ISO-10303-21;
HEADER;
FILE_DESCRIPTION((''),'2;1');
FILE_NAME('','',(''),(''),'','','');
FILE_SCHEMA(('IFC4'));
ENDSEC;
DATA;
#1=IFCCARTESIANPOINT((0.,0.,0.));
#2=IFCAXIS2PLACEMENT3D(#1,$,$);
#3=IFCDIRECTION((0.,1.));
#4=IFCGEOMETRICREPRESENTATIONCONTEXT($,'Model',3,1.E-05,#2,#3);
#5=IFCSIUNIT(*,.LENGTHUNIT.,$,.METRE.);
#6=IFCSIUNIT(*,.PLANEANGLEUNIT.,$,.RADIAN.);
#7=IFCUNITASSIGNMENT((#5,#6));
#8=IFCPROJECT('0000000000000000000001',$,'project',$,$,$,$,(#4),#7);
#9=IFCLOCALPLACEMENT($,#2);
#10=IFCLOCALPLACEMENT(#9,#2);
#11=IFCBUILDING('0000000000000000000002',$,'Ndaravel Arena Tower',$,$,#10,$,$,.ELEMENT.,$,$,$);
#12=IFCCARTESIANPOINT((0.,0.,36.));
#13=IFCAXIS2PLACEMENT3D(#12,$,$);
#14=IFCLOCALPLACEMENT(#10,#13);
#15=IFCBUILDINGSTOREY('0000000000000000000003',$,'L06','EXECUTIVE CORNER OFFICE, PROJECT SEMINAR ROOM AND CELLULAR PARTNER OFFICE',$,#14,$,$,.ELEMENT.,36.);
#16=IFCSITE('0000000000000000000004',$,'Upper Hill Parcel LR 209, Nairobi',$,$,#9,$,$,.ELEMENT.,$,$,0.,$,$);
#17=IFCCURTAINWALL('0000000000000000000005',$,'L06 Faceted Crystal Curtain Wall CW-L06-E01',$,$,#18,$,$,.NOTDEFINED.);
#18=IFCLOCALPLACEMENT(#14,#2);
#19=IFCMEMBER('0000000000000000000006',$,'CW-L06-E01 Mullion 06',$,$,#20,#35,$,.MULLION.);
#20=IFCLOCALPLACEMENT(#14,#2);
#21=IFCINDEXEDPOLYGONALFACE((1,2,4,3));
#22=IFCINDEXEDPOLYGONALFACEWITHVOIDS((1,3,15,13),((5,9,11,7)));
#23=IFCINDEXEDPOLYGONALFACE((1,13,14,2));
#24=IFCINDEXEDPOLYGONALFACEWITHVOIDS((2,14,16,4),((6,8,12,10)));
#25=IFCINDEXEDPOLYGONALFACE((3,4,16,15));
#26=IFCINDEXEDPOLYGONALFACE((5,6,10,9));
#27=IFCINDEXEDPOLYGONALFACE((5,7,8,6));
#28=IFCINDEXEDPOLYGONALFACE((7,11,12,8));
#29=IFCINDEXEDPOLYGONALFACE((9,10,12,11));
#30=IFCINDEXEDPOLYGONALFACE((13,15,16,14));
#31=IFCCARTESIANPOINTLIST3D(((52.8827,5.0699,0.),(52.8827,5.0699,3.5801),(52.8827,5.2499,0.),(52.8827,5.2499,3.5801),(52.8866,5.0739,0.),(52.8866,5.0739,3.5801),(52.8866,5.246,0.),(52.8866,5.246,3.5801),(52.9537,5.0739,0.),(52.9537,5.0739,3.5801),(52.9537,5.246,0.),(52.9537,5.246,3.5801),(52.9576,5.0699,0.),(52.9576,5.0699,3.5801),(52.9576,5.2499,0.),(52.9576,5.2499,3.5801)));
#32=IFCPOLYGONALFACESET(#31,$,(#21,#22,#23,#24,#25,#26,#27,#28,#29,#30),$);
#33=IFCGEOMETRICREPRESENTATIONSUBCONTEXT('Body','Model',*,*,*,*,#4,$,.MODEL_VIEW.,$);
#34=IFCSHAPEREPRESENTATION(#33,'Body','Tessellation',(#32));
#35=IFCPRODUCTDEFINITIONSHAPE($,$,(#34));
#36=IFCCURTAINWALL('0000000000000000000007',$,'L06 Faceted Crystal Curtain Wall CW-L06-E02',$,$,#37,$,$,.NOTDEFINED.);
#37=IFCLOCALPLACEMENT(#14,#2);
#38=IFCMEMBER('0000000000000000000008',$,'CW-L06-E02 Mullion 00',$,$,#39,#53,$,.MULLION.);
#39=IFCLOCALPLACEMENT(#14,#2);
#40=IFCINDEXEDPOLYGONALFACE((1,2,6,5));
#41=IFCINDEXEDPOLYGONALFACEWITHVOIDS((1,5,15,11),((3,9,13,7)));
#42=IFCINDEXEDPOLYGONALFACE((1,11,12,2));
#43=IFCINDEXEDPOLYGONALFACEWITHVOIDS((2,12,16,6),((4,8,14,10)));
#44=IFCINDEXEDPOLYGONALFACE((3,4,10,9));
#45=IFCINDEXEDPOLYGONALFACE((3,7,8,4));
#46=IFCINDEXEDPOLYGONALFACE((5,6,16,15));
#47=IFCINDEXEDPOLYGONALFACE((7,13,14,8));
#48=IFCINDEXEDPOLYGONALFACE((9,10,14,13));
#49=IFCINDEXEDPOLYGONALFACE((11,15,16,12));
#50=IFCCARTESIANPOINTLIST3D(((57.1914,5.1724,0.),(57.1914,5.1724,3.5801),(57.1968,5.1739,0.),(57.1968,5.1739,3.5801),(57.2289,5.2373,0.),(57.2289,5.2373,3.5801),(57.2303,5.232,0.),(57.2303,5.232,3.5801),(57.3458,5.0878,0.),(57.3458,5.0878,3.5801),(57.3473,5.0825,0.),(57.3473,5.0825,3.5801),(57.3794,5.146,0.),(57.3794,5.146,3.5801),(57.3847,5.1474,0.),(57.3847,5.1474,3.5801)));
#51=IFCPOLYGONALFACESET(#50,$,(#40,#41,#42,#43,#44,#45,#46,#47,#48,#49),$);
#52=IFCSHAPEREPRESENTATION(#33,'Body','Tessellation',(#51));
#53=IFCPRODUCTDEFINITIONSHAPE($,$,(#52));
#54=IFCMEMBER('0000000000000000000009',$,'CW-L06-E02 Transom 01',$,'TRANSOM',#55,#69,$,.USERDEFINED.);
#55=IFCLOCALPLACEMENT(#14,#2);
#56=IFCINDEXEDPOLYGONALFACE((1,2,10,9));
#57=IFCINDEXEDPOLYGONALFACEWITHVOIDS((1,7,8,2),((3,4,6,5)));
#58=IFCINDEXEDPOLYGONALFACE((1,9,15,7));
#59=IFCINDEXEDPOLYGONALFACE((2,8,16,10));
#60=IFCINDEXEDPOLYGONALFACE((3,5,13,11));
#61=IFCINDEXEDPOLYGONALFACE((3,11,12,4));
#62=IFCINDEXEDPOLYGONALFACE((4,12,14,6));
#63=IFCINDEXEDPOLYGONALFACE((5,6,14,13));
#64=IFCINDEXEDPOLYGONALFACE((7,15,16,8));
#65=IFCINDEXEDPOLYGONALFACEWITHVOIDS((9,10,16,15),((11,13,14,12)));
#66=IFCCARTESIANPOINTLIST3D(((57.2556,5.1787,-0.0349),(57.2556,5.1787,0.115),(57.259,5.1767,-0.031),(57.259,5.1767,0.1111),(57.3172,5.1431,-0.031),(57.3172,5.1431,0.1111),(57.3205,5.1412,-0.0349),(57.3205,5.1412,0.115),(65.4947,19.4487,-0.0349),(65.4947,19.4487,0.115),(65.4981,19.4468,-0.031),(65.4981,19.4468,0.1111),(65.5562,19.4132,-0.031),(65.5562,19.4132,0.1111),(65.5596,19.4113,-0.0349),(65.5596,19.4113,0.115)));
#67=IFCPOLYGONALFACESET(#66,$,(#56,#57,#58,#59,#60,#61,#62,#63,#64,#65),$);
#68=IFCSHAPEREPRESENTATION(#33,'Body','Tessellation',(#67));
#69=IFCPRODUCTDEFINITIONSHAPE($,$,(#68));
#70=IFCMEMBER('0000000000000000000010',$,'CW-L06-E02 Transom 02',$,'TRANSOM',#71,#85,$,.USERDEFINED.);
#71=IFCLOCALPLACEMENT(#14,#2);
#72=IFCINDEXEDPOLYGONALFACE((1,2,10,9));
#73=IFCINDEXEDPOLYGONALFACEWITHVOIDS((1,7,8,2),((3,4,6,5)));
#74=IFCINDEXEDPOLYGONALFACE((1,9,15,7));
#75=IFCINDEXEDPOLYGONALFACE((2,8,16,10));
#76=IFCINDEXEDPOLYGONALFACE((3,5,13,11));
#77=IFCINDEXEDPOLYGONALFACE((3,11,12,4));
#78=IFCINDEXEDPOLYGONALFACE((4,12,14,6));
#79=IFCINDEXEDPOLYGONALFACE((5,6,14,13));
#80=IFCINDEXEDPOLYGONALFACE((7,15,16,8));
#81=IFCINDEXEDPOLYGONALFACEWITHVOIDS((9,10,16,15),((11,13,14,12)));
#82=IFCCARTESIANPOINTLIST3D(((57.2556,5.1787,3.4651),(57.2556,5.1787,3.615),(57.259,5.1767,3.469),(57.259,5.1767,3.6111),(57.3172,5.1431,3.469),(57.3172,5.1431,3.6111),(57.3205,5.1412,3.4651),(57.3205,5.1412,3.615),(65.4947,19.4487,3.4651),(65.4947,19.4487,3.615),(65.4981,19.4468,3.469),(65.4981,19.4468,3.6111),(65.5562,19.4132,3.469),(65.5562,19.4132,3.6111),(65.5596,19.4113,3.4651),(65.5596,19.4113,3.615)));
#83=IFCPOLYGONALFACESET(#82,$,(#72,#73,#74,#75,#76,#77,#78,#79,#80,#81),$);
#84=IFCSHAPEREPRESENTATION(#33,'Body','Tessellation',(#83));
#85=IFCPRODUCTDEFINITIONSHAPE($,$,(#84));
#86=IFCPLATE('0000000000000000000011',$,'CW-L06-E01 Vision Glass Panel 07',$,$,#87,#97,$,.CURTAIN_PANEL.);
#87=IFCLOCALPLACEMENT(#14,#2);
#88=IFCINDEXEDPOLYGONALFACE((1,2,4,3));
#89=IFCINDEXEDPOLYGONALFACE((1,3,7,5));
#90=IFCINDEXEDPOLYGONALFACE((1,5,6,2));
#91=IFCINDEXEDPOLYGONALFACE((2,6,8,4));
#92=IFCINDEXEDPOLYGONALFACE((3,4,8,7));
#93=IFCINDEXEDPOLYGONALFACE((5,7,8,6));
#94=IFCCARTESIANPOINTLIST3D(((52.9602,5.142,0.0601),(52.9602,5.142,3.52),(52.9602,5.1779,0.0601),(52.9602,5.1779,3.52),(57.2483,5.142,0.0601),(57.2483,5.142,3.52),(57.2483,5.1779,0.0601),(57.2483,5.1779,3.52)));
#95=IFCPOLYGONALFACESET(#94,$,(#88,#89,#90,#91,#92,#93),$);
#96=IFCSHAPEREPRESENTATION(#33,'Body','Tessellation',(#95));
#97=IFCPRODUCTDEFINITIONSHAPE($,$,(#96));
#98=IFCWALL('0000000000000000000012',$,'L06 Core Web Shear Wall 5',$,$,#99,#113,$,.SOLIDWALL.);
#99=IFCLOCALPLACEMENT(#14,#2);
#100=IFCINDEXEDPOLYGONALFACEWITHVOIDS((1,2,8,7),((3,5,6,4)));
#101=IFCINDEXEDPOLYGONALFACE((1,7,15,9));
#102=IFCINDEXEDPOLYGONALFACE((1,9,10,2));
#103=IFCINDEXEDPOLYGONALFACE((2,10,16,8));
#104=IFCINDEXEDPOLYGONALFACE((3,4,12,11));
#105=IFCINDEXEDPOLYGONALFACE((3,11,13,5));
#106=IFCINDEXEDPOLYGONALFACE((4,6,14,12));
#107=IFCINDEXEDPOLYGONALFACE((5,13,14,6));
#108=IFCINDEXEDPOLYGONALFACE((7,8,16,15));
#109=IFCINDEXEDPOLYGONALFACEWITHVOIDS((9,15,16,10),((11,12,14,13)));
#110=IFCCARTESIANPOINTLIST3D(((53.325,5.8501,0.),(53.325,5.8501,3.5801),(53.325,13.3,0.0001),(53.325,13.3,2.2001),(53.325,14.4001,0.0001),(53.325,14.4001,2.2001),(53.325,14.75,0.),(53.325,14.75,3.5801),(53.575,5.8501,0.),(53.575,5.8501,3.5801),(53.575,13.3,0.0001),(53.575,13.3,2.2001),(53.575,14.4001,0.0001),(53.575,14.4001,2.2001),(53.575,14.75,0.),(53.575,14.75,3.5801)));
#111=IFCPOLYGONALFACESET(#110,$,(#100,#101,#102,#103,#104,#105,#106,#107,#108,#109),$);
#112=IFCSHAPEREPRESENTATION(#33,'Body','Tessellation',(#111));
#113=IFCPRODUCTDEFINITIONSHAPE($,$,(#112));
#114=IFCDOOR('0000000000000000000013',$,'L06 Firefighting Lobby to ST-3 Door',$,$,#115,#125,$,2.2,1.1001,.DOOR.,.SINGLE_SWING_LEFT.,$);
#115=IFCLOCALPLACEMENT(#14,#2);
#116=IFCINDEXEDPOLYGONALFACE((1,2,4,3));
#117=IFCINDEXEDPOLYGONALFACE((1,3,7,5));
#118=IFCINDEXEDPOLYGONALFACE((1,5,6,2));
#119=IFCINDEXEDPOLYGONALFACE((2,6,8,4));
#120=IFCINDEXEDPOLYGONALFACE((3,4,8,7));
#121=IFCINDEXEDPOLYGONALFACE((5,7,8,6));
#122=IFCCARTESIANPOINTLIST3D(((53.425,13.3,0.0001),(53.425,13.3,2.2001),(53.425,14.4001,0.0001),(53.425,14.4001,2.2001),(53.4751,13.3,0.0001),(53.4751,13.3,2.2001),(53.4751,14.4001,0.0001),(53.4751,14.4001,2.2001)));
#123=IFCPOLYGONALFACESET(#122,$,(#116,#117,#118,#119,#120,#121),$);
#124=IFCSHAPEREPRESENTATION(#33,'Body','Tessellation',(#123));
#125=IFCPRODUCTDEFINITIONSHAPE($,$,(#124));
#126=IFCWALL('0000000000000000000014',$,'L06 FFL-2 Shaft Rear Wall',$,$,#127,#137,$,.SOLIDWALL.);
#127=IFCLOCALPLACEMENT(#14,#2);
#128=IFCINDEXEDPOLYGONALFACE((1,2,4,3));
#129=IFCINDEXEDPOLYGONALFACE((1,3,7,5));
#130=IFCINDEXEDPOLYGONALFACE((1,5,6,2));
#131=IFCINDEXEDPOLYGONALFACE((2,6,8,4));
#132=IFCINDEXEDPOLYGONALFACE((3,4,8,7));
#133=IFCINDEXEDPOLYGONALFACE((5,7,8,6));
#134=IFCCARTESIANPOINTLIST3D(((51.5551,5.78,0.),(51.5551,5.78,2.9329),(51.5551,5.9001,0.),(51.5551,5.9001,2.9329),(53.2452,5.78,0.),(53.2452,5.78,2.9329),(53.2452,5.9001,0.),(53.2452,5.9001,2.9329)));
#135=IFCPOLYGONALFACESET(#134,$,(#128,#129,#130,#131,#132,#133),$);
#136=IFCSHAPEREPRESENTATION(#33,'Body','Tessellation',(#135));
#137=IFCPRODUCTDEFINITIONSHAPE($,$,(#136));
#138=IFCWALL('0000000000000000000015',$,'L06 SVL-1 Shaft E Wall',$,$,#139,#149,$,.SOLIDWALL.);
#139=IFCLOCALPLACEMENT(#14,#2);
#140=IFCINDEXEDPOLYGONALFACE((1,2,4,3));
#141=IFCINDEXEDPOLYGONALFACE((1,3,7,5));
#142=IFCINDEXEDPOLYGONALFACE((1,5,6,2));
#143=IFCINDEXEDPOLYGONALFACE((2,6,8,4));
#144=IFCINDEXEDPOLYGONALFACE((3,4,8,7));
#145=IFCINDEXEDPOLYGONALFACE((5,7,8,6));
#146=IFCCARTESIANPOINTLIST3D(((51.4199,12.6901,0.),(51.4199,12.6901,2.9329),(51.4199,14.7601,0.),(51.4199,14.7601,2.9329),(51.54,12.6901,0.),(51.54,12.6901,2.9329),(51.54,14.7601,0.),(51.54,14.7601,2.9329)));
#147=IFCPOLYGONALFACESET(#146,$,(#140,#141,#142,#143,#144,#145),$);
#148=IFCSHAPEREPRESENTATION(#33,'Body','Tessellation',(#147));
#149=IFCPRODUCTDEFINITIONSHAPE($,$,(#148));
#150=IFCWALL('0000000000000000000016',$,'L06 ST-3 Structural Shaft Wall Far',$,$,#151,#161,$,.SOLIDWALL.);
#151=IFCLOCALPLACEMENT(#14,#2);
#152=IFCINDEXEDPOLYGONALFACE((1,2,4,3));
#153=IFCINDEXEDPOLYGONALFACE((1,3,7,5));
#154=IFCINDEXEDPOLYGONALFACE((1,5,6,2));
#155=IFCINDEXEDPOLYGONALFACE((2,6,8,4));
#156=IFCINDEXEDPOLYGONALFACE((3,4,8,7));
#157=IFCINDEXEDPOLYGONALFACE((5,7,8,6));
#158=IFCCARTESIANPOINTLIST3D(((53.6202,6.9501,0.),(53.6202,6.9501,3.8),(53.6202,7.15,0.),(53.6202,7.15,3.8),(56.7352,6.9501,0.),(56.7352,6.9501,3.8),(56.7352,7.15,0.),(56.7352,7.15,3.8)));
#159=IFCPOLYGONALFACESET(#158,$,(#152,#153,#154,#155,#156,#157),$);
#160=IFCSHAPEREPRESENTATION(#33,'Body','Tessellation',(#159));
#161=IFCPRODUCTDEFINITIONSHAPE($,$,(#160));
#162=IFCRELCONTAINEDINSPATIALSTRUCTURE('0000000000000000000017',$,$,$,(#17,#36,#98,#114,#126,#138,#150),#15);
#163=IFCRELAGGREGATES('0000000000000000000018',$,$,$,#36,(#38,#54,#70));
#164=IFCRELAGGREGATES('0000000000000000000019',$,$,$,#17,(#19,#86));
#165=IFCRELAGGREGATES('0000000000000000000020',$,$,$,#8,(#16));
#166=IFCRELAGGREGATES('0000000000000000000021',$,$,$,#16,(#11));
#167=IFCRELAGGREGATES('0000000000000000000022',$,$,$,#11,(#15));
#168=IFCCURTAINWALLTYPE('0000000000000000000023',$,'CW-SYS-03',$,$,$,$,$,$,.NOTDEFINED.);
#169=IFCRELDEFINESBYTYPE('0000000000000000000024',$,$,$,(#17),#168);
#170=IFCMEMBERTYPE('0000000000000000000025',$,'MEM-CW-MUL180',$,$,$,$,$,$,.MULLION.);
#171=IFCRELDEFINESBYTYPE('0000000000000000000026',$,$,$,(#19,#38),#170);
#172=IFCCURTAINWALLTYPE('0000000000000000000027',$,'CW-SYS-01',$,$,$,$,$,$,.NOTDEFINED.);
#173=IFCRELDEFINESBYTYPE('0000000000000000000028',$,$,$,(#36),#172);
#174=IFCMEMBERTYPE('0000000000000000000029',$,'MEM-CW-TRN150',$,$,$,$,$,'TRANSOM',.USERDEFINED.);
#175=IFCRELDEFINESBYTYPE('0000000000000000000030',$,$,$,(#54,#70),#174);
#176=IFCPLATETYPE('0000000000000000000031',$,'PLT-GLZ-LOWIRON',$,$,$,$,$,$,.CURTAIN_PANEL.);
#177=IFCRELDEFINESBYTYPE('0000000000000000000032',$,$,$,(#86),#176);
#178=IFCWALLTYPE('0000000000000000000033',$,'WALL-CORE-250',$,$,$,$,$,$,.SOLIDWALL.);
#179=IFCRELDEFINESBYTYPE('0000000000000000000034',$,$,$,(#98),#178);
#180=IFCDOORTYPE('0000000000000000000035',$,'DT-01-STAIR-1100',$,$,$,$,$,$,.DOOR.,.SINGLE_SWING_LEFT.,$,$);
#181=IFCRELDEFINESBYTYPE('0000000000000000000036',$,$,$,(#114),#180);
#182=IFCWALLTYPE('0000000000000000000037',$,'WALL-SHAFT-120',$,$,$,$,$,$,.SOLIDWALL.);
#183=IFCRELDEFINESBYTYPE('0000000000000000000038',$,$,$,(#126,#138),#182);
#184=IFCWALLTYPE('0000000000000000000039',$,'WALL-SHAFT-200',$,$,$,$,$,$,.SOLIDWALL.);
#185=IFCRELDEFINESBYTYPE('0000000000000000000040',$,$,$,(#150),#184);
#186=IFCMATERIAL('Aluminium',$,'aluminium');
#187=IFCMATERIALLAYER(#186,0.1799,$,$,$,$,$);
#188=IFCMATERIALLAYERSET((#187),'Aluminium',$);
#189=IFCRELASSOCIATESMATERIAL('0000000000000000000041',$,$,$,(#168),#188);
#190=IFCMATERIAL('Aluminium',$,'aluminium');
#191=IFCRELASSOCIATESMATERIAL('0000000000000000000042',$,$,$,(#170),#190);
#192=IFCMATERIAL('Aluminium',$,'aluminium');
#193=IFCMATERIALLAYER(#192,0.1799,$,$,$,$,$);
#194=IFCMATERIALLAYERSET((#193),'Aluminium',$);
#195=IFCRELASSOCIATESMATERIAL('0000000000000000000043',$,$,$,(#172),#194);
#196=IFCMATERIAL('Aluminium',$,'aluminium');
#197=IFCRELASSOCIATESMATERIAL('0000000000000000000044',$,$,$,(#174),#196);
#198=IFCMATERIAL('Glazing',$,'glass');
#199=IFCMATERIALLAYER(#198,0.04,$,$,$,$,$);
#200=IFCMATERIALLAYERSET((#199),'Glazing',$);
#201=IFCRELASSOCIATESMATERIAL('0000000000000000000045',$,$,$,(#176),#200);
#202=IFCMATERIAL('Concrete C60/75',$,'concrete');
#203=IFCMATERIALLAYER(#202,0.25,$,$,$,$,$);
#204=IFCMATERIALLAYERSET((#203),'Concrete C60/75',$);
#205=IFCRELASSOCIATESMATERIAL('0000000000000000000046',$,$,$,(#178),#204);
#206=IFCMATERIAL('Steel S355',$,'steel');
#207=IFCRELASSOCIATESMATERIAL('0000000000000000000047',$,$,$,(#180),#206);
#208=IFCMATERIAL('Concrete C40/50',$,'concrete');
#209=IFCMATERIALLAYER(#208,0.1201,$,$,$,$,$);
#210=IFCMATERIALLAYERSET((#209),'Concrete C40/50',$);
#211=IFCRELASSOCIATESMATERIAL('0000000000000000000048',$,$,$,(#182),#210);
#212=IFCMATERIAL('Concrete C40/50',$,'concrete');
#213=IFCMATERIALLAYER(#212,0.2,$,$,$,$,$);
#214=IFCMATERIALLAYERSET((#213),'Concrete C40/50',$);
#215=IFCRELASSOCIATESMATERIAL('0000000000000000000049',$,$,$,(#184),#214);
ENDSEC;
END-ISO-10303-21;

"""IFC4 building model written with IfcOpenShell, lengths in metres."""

from ifc_helpers import new_model, si_unit, direction, frame, frame_2d, origin, origin_2d, place, context, subcontext, project, spatial, rectangle, hollow_rectangle, extrude, material, layer, layer_set, material_profile, profile_set, type_object, element, fill, aggregate, save


model = new_model("IFC4")

# Units and contexts
model_context = context("Model", 3, precision=1e-05, world=origin(), true_north=direction((0.0, 1.0)))
body_context = subcontext(model_context, "Body", "Model", "MODEL_VIEW")
ifc_project = project(units=[si_unit("LENGTHUNIT", "METRE"), si_unit("PLANEANGLEUNIT", "RADIAN")], contexts=[model_context])

# Site, building, storey
site_placement = place(None, origin())
site = spatial("IfcSite", under=ifc_project, at=site_placement, Name="Upper Hill Parcel LR 209, Nairobi", CompositionType="ELEMENT", RefElevation=0.0)
building_placement = place(site_placement, origin())
building = spatial("IfcBuilding", under=site, at=building_placement, Name="Ndaravel Arena Tower", CompositionType="ELEMENT")
storey_placement = place(building_placement, frame((0.0, 0.0, 36.0)))
storey = spatial("IfcBuildingStorey", under=building, at=storey_placement, Name="L06", Description="EXECUTIVE CORNER OFFICE, PROJECT SEMINAR ROOM AND CELLULAR PARTNER OFFICE", CompositionType="ELEMENT", Elevation=36.0)

# Curtain wall, member
ifc_material_1 = material(Name="Aluminium", Category="aluminium")
ifc_layer_1 = layer(ifc_material_1, 0.1799)
ifc_layer_set_1 = layer_set([ifc_layer_1], Name="Aluminium")
curtain_wall_type_1 = type_object("IfcCurtainWallType", Name="CW-SYS-03", PredefinedType="NOTDEFINED", material=ifc_layer_set_1)
curtain_wall_1_placement = place(storey_placement, origin())
curtain_wall_1 = element("IfcCurtainWall", 1, at=curtain_wall_1_placement, inside=storey, type_object=curtain_wall_type_1, Name="L06 Faceted Crystal Curtain Wall CW-L06-E01", PredefinedType="NOTDEFINED")
ifc_material_2 = material(Name="Aluminium", Category="aluminium")
ifc_material_profile_1 = material_profile(ifc_material_2, hollow_rectangle(XDim=0.075, YDim=0.1799, WallThickness=0.0039, at=origin_2d()), Name="CW MULLION 75x180x4")
ifc_profile_set_1 = profile_set([ifc_material_profile_1], Name="Aluminium")
member_type_1 = type_object("IfcMemberType", Name="MEM-CW-MUL180", PredefinedType="MULLION", material=ifc_profile_set_1)
member_1_placement = place(storey_placement, frame((52.9202, 5.1599, 0.0), z_axis=(0.0, 0.0, 1.0), x_axis=(1.0, 0.0, 0.0)))
member_1 = element("IfcMember", 2, at=member_1_placement, type_object=member_type_1, Name="CW-L06-E01 Mullion 06", PredefinedType="MULLION", context=body_context, shape_type="SweptSolid", body=[
    extrude(hollow_rectangle(XDim=0.075, YDim=0.1799, WallThickness=0.0039, at=origin_2d()), origin(), (0.0, 0.0, 1.0), 3.5801),
])

# Curtain wall, members
ifc_material_3 = material(Name="Aluminium", Category="aluminium")
ifc_layer_2 = layer(ifc_material_3, 0.1799)
ifc_layer_set_2 = layer_set([ifc_layer_2], Name="Aluminium")
curtain_wall_type_2 = type_object("IfcCurtainWallType", Name="CW-SYS-01", PredefinedType="NOTDEFINED", material=ifc_layer_set_2)
curtain_wall_2_placement = place(storey_placement, origin())
curtain_wall_2 = element("IfcCurtainWall", 3, at=curtain_wall_2_placement, inside=storey, type_object=curtain_wall_type_2, Name="L06 Faceted Crystal Curtain Wall CW-L06-E02", PredefinedType="NOTDEFINED")
member_2_placement = place(storey_placement, frame((57.2881, 5.1599, 0.0), z_axis=(0.0, 0.0, 1.0), x_axis=(0.5, 0.866025, 0.0)))
member_2 = element("IfcMember", 4, at=member_2_placement, type_object=member_type_1, Name="CW-L06-E02 Mullion 00", PredefinedType="MULLION", context=body_context, shape_type="SweptSolid", body=[
    extrude(hollow_rectangle(XDim=0.075, YDim=0.1799, WallThickness=0.0039, at=origin_2d()), origin(), (0.0, 0.0, 1.0), 3.5801),
])
ifc_material_4 = material(Name="Aluminium", Category="aluminium")
ifc_material_profile_2 = material_profile(ifc_material_4, hollow_rectangle(XDim=0.075, YDim=0.1499, WallThickness=0.0039, at=origin_2d()), Name="CW TRANSOM 75x150x4")
ifc_profile_set_2 = profile_set([ifc_material_profile_2], Name="Aluminium")
member_type_2 = type_object("IfcMemberType", Name="MEM-CW-TRN150", ElementType="TRANSOM", PredefinedType="USERDEFINED", material=ifc_profile_set_2)
member_3_placement = place(storey_placement, frame((57.2881, 5.1599, 0.04), z_axis=(0.50001, 0.86602, 0.0), x_axis=(-0.86602, 0.50001, 0.0)))
member_3 = element("IfcMember", 5, at=member_3_placement, type_object=member_type_2, Name="CW-L06-E02 Transom 01", ObjectType="TRANSOM", PredefinedType="USERDEFINED", context=body_context, shape_type="SweptSolid", body=[
    extrude(hollow_rectangle(XDim=0.075, YDim=0.1499, WallThickness=0.0039, at=origin_2d()), origin(), (0.0, 0.0, 1.0), 16.4778),
])
member_4_placement = place(storey_placement, frame((57.2881, 5.1599, 3.54), z_axis=(0.50001, 0.86602, 0.0), x_axis=(-0.86602, 0.50001, 0.0)))
member_4 = element("IfcMember", 6, at=member_4_placement, type_object=member_type_2, Name="CW-L06-E02 Transom 02", ObjectType="TRANSOM", PredefinedType="USERDEFINED", context=body_context, shape_type="SweptSolid", body=[
    extrude(hollow_rectangle(XDim=0.075, YDim=0.1499, WallThickness=0.0039, at=origin_2d()), origin(), (0.0, 0.0, 1.0), 16.4778),
])
aggregate(curtain_wall_2, [member_2, member_3, member_4])

# Plate
ifc_material_5 = material(Name="Glazing", Category="glass")
ifc_layer_3 = layer(ifc_material_5, 0.04)
ifc_layer_set_3 = layer_set([ifc_layer_3], Name="Glazing")
plate_type = type_object("IfcPlateType", Name="PLT-GLZ-LOWIRON", PredefinedType="CURTAIN_PANEL", material=ifc_layer_set_3)
plate_placement = place(storey_placement, frame((55.1042, 5.1599, 0.0601), z_axis=(0.0, 0.0, 1.0), x_axis=(1.0, 0.0, 0.0)))
plate = element("IfcPlate", 7, at=plate_placement, type_object=plate_type, Name="CW-L06-E01 Vision Glass Panel 07", PredefinedType="CURTAIN_PANEL", context=body_context, shape_type="SweptSolid", body=[
    extrude(rectangle(XDim=4.2881, YDim=0.0359, at=origin_2d()), origin(), (0.0, 0.0, 1.0), 3.46),
])
aggregate(curtain_wall_1, [member_1, plate])

# Wall, opening, door
ifc_material_6 = material(Name="Concrete C60/75", Category="concrete")
ifc_layer_4 = layer(ifc_material_6, 0.25)
ifc_layer_set_4 = layer_set([ifc_layer_4], Name="Concrete C60/75")
wall_type_1 = type_object("IfcWallType", Name="WALL-CORE-250", PredefinedType="SOLIDWALL", material=ifc_layer_set_4)
wall_1_placement = place(storey_placement, frame((53.45, 5.8501, 0.0), z_axis=(0.0, 0.0, 1.0), x_axis=(0.0, 1.0, 0.0)))
wall_1 = element("IfcWall", 8, at=wall_1_placement, inside=storey, type_object=wall_type_1, Name="L06 Core Web Shear Wall 5", PredefinedType="SOLIDWALL", context=body_context, shape_type="SweptSolid", body=[
    extrude(rectangle(XDim=8.8999, YDim=0.25, at=frame_2d((4.45, 0.0))), origin(), (0.0, 0.0, 1.0), 3.5801),
])
opening_1_placement = place(wall_1_placement, frame((7.45, 0.0, 0.0)))
opening_1 = element("IfcOpeningElement", 9, at=opening_1_placement, cuts=wall_1, PredefinedType="OPENING", context=body_context, shape_type="SweptSolid", body=[
    extrude(rectangle(XDim=1.1001, YDim=2.2, at=frame_2d((0.55, 1.1001))), frame((0.0, 0.125, 0.0), z_axis=(0.0, -1.0, 0.0), x_axis=(1.0, 0.0, 0.0)), (0.0, 0.0, 1.0), 0.25),
])
ifc_material_7 = material(Name="Steel S355", Category="steel")
door_type_1 = type_object("IfcDoorType", Name="DT-01-STAIR-1100", OperationType="SINGLE_SWING_LEFT", PredefinedType="DOOR", material=ifc_material_7)
door_1_placement = place(opening_1_placement, origin())
door_1 = element("IfcDoor", 10, at=door_1_placement, inside=storey, type_object=door_type_1, Name="L06 Firefighting Lobby to ST-3 Door", OperationType="SINGLE_SWING_LEFT", OverallHeight=2.2, OverallWidth=1.1001, PredefinedType="DOOR", context=body_context, shape_type="SweptSolid", body=[
    extrude(rectangle(XDim=1.1001, YDim=2.2, at=frame_2d((0.55, 1.1001))), frame((0.0, 0.0249, 0.0), z_axis=(0.0, -1.0, 0.0), x_axis=(1.0, 0.0, 0.0)), (0.0, 0.0, 1.0), 0.05),
])
fill(opening_1, door_1)

# Walls
ifc_material_8 = material(Name="Concrete C40/50", Category="concrete")
ifc_layer_5 = layer(ifc_material_8, 0.1201)
ifc_layer_set_5 = layer_set([ifc_layer_5], Name="Concrete C40/50")
wall_type_2 = type_object("IfcWallType", Name="WALL-SHAFT-120", PredefinedType="SOLIDWALL", material=ifc_layer_set_5)
wall_2_placement = place(storey_placement, frame((51.5549, 5.8401, 0.0), z_axis=(0.0, 0.0, 1.0), x_axis=(1.0, 0.0, 0.0)))
element("IfcWall", 11, at=wall_2_placement, inside=storey, type_object=wall_type_2, Name="L06 FFL-2 Shaft Rear Wall", PredefinedType="SOLIDWALL", context=body_context, shape_type="SweptSolid", body=[
    extrude(rectangle(XDim=1.6902, YDim=0.1201, at=frame_2d((0.8452, 0.0))), origin(), (0.0, 0.0, 1.0), 2.9329),
])
wall_3_placement = place(storey_placement, frame((51.48, 12.6899, 0.0), z_axis=(0.0, 0.0, 1.0), x_axis=(0.0, 1.0, 0.0)))
element("IfcWall", 12, at=wall_3_placement, inside=storey, type_object=wall_type_2, Name="L06 SVL-1 Shaft E Wall", PredefinedType="SOLIDWALL", context=body_context, shape_type="SweptSolid", body=[
    extrude(rectangle(XDim=2.0701, YDim=0.1201, at=frame_2d((1.0352, 0.0))), origin(), (0.0, 0.0, 1.0), 2.9329),
])
ifc_material_9 = material(Name="Concrete C40/50", Category="concrete")
ifc_layer_6 = layer(ifc_material_9, 0.2)
ifc_layer_set_6 = layer_set([ifc_layer_6], Name="Concrete C40/50")
wall_type_3 = type_object("IfcWallType", Name="WALL-SHAFT-200", PredefinedType="SOLIDWALL", material=ifc_layer_set_6)
wall_4_placement = place(storey_placement, frame((53.6201, 7.05, 0.0), z_axis=(0.0, 0.0, 1.0), x_axis=(1.0, 0.0, 0.0)))
element("IfcWall", 13, at=wall_4_placement, inside=storey, type_object=wall_type_3, Name="L06 ST-3 Structural Shaft Wall Far", PredefinedType="SOLIDWALL", context=body_context, shape_type="SweptSolid", body=[
    extrude(rectangle(XDim=3.115, YDim=0.2, at=frame_2d((1.5576, 0.0))), origin(), (0.0, 0.0, 1.0), 3.8),
])

save(model, "model.ifc")
